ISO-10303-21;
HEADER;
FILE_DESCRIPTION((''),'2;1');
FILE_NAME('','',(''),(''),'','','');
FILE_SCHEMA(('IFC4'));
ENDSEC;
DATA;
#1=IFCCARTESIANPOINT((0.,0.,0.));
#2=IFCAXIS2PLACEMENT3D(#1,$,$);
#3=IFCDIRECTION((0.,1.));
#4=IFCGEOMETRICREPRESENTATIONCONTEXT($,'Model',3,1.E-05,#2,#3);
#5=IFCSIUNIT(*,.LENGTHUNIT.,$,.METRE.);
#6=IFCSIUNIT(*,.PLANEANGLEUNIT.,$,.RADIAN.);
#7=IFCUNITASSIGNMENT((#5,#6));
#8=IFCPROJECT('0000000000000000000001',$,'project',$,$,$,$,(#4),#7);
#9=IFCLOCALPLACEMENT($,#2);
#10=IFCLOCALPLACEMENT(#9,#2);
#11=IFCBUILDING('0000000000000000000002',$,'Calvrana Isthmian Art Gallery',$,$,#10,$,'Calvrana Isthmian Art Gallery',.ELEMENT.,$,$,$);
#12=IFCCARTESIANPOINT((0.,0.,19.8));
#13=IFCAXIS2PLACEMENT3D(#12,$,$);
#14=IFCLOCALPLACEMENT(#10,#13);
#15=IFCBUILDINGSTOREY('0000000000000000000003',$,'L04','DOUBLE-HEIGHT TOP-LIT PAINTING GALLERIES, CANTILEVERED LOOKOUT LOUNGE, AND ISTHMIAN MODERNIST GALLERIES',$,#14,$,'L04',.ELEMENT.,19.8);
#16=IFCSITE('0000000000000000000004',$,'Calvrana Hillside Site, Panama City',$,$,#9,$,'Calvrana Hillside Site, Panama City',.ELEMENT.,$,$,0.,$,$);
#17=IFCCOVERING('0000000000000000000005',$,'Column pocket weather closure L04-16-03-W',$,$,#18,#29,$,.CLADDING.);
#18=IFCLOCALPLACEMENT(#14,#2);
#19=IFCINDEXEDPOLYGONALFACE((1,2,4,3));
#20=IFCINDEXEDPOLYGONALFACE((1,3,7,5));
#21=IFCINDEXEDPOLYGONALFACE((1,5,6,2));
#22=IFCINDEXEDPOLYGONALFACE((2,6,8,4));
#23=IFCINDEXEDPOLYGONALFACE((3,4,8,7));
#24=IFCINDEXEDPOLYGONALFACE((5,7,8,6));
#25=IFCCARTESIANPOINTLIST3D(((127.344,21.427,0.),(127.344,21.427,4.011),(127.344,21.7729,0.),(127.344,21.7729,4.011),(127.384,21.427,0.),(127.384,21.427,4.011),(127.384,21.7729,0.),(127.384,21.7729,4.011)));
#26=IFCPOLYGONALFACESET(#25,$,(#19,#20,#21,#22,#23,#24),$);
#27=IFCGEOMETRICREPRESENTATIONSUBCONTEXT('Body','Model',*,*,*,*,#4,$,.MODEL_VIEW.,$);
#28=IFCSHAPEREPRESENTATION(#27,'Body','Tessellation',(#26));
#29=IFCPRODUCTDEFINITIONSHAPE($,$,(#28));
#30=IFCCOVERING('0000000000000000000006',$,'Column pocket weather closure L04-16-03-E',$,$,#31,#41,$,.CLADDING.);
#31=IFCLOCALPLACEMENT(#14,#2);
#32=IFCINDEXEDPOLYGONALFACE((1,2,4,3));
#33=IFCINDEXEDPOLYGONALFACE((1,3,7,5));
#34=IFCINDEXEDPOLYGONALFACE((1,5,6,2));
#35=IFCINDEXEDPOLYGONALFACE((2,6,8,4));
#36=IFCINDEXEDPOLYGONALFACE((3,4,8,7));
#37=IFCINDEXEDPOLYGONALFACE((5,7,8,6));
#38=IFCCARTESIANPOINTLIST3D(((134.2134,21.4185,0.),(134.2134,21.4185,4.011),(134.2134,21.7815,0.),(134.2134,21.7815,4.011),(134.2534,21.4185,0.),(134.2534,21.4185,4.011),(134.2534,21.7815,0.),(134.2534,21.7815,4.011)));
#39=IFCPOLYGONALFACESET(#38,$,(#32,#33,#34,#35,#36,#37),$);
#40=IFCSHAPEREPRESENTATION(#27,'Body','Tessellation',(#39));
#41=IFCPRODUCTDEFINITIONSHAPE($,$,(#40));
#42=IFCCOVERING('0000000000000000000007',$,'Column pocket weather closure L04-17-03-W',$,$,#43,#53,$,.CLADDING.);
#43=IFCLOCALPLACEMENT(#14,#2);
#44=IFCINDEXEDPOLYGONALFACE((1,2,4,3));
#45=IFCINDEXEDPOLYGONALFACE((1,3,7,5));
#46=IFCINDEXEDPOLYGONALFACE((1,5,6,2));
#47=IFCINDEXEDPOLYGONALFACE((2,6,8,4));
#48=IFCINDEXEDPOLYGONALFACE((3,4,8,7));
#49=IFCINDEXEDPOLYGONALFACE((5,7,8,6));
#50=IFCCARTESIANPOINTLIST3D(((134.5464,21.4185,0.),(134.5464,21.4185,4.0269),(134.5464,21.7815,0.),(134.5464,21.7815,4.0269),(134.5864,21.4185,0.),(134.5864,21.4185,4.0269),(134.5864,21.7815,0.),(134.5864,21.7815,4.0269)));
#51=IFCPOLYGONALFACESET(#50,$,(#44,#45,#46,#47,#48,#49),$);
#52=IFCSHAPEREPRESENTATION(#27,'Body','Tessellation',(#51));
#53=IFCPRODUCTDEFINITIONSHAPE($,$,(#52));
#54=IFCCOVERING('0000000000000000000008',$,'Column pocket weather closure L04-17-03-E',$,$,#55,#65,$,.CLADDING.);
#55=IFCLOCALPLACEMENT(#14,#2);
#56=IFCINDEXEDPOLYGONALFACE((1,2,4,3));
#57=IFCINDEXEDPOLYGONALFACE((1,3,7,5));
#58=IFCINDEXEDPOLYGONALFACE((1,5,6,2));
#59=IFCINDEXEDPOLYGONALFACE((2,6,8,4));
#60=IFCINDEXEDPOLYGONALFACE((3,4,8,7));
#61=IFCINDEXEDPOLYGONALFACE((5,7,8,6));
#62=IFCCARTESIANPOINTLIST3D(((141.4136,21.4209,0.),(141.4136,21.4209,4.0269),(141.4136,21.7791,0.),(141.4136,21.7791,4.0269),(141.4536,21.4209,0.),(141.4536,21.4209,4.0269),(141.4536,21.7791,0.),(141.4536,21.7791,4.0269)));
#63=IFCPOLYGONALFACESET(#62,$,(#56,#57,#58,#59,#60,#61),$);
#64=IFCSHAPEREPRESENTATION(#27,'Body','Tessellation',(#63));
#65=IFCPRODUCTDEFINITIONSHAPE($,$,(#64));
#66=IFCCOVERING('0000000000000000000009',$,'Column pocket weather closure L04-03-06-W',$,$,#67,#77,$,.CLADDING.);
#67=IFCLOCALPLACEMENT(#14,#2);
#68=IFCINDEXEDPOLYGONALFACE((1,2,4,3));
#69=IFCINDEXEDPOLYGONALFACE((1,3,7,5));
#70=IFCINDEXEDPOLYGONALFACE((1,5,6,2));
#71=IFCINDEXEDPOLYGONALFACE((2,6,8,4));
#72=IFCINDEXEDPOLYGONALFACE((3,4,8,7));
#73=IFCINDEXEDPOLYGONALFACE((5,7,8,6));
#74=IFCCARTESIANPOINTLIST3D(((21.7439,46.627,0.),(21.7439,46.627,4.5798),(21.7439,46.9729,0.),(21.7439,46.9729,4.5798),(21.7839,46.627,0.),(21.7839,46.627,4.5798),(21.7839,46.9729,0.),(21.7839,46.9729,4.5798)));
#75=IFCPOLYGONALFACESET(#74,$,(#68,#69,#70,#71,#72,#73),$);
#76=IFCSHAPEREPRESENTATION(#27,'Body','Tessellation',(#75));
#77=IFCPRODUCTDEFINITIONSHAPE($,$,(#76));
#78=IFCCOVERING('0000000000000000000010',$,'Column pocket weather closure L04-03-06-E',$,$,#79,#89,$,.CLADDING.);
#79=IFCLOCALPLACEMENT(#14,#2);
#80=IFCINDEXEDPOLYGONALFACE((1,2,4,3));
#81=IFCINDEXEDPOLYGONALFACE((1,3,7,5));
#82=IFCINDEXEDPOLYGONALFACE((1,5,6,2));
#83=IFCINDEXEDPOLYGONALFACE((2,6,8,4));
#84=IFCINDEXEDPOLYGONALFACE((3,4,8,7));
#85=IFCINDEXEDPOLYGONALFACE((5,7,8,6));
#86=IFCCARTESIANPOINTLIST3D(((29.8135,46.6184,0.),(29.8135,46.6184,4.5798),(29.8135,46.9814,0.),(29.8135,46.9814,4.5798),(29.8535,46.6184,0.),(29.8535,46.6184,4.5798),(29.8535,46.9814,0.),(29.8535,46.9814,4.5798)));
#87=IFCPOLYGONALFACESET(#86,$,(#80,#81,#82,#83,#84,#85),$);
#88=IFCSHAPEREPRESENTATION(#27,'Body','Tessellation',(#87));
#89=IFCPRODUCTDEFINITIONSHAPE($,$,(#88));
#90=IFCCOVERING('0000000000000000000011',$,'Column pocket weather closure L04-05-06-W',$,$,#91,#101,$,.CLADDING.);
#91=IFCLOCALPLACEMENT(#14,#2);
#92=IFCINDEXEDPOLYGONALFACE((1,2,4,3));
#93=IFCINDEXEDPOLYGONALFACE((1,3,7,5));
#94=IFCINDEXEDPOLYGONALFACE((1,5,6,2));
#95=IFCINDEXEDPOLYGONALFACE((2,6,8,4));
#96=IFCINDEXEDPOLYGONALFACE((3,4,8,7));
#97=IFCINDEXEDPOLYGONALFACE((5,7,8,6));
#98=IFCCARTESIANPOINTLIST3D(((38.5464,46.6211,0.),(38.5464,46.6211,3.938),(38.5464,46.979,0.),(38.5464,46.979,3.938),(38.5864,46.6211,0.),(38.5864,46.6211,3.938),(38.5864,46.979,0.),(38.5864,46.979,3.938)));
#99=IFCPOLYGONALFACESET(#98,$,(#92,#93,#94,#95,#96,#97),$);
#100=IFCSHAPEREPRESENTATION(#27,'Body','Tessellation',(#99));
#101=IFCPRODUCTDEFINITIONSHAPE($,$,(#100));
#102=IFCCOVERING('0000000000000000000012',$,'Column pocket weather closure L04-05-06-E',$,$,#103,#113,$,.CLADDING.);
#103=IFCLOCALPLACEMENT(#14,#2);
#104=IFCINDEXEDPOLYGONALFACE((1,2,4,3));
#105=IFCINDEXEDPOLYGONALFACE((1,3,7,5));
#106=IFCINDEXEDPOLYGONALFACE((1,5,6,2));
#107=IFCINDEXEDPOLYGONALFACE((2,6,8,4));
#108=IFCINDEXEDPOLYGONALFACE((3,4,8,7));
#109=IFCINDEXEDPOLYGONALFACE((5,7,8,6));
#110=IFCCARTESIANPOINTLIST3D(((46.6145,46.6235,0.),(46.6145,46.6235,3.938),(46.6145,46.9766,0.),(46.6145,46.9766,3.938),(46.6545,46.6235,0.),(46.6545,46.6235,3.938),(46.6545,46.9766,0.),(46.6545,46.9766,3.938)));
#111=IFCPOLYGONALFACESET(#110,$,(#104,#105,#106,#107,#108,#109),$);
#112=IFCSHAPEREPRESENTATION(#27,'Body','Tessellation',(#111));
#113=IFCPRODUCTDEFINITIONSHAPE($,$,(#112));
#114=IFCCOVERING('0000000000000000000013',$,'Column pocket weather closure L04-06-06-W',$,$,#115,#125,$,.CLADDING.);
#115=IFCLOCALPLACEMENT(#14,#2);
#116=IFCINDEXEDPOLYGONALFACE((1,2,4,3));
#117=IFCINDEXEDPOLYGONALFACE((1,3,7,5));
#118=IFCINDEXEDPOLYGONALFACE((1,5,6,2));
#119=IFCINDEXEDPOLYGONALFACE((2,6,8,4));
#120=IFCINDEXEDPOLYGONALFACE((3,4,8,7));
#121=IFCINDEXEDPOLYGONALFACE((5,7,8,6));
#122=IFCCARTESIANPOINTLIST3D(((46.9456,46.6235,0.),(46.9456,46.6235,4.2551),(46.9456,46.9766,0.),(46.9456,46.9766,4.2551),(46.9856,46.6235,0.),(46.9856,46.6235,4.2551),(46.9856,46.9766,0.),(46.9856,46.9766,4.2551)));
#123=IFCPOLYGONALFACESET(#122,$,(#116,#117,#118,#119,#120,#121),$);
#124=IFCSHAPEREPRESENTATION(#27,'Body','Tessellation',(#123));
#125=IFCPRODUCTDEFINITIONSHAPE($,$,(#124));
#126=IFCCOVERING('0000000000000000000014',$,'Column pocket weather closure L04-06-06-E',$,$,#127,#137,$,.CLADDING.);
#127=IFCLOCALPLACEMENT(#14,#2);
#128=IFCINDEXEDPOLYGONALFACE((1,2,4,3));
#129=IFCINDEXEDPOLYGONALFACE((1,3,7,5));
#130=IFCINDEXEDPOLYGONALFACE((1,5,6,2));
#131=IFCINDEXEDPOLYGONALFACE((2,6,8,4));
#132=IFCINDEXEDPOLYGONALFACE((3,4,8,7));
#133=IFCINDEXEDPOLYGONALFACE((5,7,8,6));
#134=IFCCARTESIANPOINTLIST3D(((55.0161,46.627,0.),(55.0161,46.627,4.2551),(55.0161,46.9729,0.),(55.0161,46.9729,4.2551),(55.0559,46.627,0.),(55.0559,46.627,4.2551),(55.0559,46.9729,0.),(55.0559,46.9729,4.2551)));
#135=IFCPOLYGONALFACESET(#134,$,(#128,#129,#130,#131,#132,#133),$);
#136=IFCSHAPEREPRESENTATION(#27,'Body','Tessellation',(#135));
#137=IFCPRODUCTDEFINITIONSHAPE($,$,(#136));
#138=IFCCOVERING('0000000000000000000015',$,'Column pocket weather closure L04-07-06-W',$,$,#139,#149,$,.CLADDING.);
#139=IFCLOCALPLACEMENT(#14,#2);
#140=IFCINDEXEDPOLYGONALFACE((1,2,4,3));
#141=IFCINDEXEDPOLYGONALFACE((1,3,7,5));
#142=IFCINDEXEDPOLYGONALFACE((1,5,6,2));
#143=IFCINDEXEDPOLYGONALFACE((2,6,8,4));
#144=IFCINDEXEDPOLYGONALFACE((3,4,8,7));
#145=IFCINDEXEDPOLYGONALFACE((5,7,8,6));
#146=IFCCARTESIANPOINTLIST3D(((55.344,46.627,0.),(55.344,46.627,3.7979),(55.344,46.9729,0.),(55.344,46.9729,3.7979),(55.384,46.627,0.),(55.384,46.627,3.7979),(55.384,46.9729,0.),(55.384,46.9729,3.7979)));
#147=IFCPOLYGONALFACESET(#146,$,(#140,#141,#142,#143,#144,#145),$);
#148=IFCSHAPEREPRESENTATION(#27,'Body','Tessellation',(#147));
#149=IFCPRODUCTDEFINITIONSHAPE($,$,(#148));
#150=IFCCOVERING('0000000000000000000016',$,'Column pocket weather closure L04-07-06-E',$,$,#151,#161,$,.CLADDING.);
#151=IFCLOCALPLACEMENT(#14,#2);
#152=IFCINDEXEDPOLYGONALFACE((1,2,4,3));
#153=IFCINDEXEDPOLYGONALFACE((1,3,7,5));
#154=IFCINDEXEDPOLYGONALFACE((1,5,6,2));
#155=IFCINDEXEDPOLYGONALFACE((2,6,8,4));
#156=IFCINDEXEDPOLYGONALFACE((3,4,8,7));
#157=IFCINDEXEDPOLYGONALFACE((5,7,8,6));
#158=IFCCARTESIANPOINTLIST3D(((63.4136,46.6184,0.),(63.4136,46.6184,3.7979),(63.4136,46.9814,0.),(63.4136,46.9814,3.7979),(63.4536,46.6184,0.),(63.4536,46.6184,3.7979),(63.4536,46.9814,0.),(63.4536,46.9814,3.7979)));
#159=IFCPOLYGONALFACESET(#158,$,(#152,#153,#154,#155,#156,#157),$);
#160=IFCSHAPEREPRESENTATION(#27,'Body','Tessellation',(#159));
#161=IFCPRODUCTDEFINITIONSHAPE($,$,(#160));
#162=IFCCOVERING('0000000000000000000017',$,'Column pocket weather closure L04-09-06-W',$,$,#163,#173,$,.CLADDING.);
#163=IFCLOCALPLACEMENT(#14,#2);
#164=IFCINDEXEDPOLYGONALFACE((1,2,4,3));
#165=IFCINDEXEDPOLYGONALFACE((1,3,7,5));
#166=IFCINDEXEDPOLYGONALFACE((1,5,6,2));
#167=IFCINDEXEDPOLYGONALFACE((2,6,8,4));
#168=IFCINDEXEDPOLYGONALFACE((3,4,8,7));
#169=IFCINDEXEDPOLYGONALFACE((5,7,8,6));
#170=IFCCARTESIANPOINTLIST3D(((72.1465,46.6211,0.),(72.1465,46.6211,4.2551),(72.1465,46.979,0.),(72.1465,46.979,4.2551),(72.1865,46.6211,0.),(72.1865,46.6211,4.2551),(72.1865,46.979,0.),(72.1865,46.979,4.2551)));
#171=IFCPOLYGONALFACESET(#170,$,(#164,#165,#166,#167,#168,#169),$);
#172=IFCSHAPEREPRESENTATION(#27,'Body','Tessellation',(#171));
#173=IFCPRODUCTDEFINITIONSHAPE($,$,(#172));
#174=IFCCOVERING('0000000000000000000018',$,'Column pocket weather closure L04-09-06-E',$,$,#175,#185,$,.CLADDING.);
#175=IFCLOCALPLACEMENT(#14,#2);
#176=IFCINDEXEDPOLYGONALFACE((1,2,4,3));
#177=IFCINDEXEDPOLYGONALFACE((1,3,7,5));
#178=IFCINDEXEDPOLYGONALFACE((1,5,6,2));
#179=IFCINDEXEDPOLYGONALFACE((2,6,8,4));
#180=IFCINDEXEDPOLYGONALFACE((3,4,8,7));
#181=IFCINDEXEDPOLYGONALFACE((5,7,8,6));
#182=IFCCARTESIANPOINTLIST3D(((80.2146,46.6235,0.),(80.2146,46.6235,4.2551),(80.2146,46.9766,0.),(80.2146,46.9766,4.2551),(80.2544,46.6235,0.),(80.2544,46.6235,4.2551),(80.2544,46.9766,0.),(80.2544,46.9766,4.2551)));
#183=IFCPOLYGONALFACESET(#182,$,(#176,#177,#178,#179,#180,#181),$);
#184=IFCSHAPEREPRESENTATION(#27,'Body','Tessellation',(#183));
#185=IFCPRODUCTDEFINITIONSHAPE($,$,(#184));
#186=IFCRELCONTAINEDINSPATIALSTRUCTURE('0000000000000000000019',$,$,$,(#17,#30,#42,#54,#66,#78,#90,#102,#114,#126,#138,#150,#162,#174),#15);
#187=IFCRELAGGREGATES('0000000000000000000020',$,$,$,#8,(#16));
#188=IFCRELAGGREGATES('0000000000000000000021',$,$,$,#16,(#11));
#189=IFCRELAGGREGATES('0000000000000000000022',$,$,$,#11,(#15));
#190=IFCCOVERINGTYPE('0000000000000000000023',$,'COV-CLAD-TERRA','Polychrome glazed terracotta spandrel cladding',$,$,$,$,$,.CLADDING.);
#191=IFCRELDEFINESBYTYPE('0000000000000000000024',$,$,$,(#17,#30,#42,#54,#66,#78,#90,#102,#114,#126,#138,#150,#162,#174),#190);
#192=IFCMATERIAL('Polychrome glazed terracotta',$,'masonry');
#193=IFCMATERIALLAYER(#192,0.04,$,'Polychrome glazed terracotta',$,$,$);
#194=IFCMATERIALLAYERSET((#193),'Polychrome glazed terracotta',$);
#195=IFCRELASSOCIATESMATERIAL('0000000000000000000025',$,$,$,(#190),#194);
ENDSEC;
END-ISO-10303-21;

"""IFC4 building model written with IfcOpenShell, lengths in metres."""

from ifc_helpers import new_model, si_unit, direction, frame, origin, place, context, subcontext, project, spatial, polyline, outline, extrude, material, layer, layer_set, type_object, element, save


model = new_model("IFC4")

# Units and contexts
model_context = context("Model", 3, precision=1e-05, world=origin(), true_north=direction((0.0, 1.0)))
body_context = subcontext(model_context, "Body", "Model", "MODEL_VIEW")
ifc_project = project(units=[si_unit("LENGTHUNIT", "METRE"), si_unit("PLANEANGLEUNIT", "RADIAN")], contexts=[model_context])

# Site, building, storey
site_placement = place(None, origin())
site = spatial("IfcSite", under=ifc_project, at=site_placement, Name="Calvrana Hillside Site, Panama City", LongName="Calvrana Hillside Site, Panama City", CompositionType="ELEMENT", RefElevation=0.0)
building_placement = place(site_placement, origin())
building = spatial("IfcBuilding", under=site, at=building_placement, Name="Calvrana Isthmian Art Gallery", LongName="Calvrana Isthmian Art Gallery", CompositionType="ELEMENT")
storey_placement = place(building_placement, frame((0.0, 0.0, 19.8)))
storey = spatial("IfcBuildingStorey", under=building, at=storey_placement, Name="L04", Description="DOUBLE-HEIGHT TOP-LIT PAINTING GALLERIES, CANTILEVERED LOOKOUT LOUNGE, AND ISTHMIAN MODERNIST GALLERIES", LongName="L04", CompositionType="ELEMENT", Elevation=19.8)

# Coverings
ifc_material_1 = material(Name="Polychrome glazed terracotta", Category="masonry")
ifc_layer_1 = layer(ifc_material_1, 0.04, Name="Polychrome glazed terracotta")
ifc_layer_set_1 = layer_set([ifc_layer_1], Name="Polychrome glazed terracotta")
covering_type = type_object("IfcCoveringType", Name="COV-CLAD-TERRA", Description="Polychrome glazed terracotta spandrel cladding", PredefinedType="CLADDING", material=ifc_layer_set_1)
covering_1_placement = place(storey_placement, origin())
element("IfcCovering", 1, at=covering_1_placement, inside=storey, type_object=covering_type, Name="Column pocket weather closure L04-16-03-W", PredefinedType="CLADDING", context=body_context, shape_type="SweptSolid", body=[
    extrude(outline(polyline([(127.344, 21.427), (127.384, 21.427), (127.384, 21.7729), (127.344, 21.7729), (127.344, 21.427)])), origin(), (0.0, 0.0, 1.0), 4.011),
])
covering_2_placement = place(storey_placement, origin())
element("IfcCovering", 2, at=covering_2_placement, inside=storey, type_object=covering_type, Name="Column pocket weather closure L04-16-03-E", PredefinedType="CLADDING", context=body_context, shape_type="SweptSolid", body=[
    extrude(outline(polyline([(134.2134, 21.4185), (134.2534, 21.4185), (134.2534, 21.7815), (134.2134, 21.7815), (134.2134, 21.4185)])), origin(), (0.0, 0.0, 1.0), 4.011),
])
covering_3_placement = place(storey_placement, origin())
element("IfcCovering", 3, at=covering_3_placement, inside=storey, type_object=covering_type, Name="Column pocket weather closure L04-17-03-W", PredefinedType="CLADDING", context=body_context, shape_type="SweptSolid", body=[
    extrude(outline(polyline([(134.5464, 21.4185), (134.5864, 21.4185), (134.5864, 21.7815), (134.5464, 21.7815), (134.5464, 21.4185)])), origin(), (0.0, 0.0, 1.0), 4.0269),
])
covering_4_placement = place(storey_placement, origin())
element("IfcCovering", 4, at=covering_4_placement, inside=storey, type_object=covering_type, Name="Column pocket weather closure L04-17-03-E", PredefinedType="CLADDING", context=body_context, shape_type="SweptSolid", body=[
    extrude(outline(polyline([(141.4136, 21.4209), (141.4536, 21.4209), (141.4536, 21.7791), (141.4136, 21.7791), (141.4136, 21.4209)])), origin(), (0.0, 0.0, 1.0), 4.0269),
])
covering_5_placement = place(storey_placement, origin())
element("IfcCovering", 5, at=covering_5_placement, inside=storey, type_object=covering_type, Name="Column pocket weather closure L04-03-06-W", PredefinedType="CLADDING", context=body_context, shape_type="SweptSolid", body=[
    extrude(outline(polyline([(21.7439, 46.627), (21.7839, 46.627), (21.7839, 46.9729), (21.7439, 46.9729), (21.7439, 46.627)])), origin(), (0.0, 0.0, 1.0), 4.5798),
])
covering_6_placement = place(storey_placement, origin())
element("IfcCovering", 6, at=covering_6_placement, inside=storey, type_object=covering_type, Name="Column pocket weather closure L04-03-06-E", PredefinedType="CLADDING", context=body_context, shape_type="SweptSolid", body=[
    extrude(outline(polyline([(29.8135, 46.6184), (29.8535, 46.6184), (29.8535, 46.9814), (29.8135, 46.9814), (29.8135, 46.6184)])), origin(), (0.0, 0.0, 1.0), 4.5798),
])
covering_7_placement = place(storey_placement, origin())
element("IfcCovering", 7, at=covering_7_placement, inside=storey, type_object=covering_type, Name="Column pocket weather closure L04-05-06-W", PredefinedType="CLADDING", context=body_context, shape_type="SweptSolid", body=[
    extrude(outline(polyline([(38.5464, 46.6211), (38.5864, 46.6211), (38.5864, 46.979), (38.5464, 46.979), (38.5464, 46.6211)])), origin(), (0.0, 0.0, 1.0), 3.938),
])
covering_8_placement = place(storey_placement, origin())
element("IfcCovering", 8, at=covering_8_placement, inside=storey, type_object=covering_type, Name="Column pocket weather closure L04-05-06-E", PredefinedType="CLADDING", context=body_context, shape_type="SweptSolid", body=[
    extrude(outline(polyline([(46.6145, 46.6235), (46.6545, 46.6235), (46.6545, 46.9766), (46.6145, 46.9766), (46.6145, 46.6235)])), origin(), (0.0, 0.0, 1.0), 3.938),
])
covering_9_placement = place(storey_placement, origin())
element("IfcCovering", 9, at=covering_9_placement, inside=storey, type_object=covering_type, Name="Column pocket weather closure L04-06-06-W", PredefinedType="CLADDING", context=body_context, shape_type="SweptSolid", body=[
    extrude(outline(polyline([(46.9456, 46.6235), (46.9856, 46.6235), (46.9856, 46.9766), (46.9456, 46.9766), (46.9456, 46.6235)])), origin(), (0.0, 0.0, 1.0), 4.2551),
])
covering_10_placement = place(storey_placement, origin())
element("IfcCovering", 10, at=covering_10_placement, inside=storey, type_object=covering_type, Name="Column pocket weather closure L04-06-06-E", PredefinedType="CLADDING", context=body_context, shape_type="SweptSolid", body=[
    extrude(outline(polyline([(55.0161, 46.627), (55.0559, 46.627), (55.0559, 46.9729), (55.0161, 46.9729), (55.0161, 46.627)])), origin(), (0.0, 0.0, 1.0), 4.2551),
])
covering_11_placement = place(storey_placement, origin())
element("IfcCovering", 11, at=covering_11_placement, inside=storey, type_object=covering_type, Name="Column pocket weather closure L04-07-06-W", PredefinedType="CLADDING", context=body_context, shape_type="SweptSolid", body=[
    extrude(outline(polyline([(55.344, 46.627), (55.384, 46.627), (55.384, 46.9729), (55.344, 46.9729), (55.344, 46.627)])), origin(), (0.0, 0.0, 1.0), 3.7979),
])
covering_12_placement = place(storey_placement, origin())
element("IfcCovering", 12, at=covering_12_placement, inside=storey, type_object=covering_type, Name="Column pocket weather closure L04-07-06-E", PredefinedType="CLADDING", context=body_context, shape_type="SweptSolid", body=[
    extrude(outline(polyline([(63.4136, 46.6184), (63.4536, 46.6184), (63.4536, 46.9814), (63.4136, 46.9814), (63.4136, 46.6184)])), origin(), (0.0, 0.0, 1.0), 3.7979),
])
covering_13_placement = place(storey_placement, origin())
element("IfcCovering", 13, at=covering_13_placement, inside=storey, type_object=covering_type, Name="Column pocket weather closure L04-09-06-W", PredefinedType="CLADDING", context=body_context, shape_type="SweptSolid", body=[
    extrude(outline(polyline([(72.1465, 46.6211), (72.1865, 46.6211), (72.1865, 46.979), (72.1465, 46.979), (72.1465, 46.6211)])), origin(), (0.0, 0.0, 1.0), 4.2551),
])
covering_14_placement = place(storey_placement, origin())
element("IfcCovering", 14, at=covering_14_placement, inside=storey, type_object=covering_type, Name="Column pocket weather closure L04-09-06-E", PredefinedType="CLADDING", context=body_context, shape_type="SweptSolid", body=[
    extrude(outline(polyline([(80.2146, 46.6235), (80.2544, 46.6235), (80.2544, 46.9766), (80.2146, 46.9766), (80.2146, 46.6235)])), origin(), (0.0, 0.0, 1.0), 4.2551),
])

save(model, "model.ifc")
